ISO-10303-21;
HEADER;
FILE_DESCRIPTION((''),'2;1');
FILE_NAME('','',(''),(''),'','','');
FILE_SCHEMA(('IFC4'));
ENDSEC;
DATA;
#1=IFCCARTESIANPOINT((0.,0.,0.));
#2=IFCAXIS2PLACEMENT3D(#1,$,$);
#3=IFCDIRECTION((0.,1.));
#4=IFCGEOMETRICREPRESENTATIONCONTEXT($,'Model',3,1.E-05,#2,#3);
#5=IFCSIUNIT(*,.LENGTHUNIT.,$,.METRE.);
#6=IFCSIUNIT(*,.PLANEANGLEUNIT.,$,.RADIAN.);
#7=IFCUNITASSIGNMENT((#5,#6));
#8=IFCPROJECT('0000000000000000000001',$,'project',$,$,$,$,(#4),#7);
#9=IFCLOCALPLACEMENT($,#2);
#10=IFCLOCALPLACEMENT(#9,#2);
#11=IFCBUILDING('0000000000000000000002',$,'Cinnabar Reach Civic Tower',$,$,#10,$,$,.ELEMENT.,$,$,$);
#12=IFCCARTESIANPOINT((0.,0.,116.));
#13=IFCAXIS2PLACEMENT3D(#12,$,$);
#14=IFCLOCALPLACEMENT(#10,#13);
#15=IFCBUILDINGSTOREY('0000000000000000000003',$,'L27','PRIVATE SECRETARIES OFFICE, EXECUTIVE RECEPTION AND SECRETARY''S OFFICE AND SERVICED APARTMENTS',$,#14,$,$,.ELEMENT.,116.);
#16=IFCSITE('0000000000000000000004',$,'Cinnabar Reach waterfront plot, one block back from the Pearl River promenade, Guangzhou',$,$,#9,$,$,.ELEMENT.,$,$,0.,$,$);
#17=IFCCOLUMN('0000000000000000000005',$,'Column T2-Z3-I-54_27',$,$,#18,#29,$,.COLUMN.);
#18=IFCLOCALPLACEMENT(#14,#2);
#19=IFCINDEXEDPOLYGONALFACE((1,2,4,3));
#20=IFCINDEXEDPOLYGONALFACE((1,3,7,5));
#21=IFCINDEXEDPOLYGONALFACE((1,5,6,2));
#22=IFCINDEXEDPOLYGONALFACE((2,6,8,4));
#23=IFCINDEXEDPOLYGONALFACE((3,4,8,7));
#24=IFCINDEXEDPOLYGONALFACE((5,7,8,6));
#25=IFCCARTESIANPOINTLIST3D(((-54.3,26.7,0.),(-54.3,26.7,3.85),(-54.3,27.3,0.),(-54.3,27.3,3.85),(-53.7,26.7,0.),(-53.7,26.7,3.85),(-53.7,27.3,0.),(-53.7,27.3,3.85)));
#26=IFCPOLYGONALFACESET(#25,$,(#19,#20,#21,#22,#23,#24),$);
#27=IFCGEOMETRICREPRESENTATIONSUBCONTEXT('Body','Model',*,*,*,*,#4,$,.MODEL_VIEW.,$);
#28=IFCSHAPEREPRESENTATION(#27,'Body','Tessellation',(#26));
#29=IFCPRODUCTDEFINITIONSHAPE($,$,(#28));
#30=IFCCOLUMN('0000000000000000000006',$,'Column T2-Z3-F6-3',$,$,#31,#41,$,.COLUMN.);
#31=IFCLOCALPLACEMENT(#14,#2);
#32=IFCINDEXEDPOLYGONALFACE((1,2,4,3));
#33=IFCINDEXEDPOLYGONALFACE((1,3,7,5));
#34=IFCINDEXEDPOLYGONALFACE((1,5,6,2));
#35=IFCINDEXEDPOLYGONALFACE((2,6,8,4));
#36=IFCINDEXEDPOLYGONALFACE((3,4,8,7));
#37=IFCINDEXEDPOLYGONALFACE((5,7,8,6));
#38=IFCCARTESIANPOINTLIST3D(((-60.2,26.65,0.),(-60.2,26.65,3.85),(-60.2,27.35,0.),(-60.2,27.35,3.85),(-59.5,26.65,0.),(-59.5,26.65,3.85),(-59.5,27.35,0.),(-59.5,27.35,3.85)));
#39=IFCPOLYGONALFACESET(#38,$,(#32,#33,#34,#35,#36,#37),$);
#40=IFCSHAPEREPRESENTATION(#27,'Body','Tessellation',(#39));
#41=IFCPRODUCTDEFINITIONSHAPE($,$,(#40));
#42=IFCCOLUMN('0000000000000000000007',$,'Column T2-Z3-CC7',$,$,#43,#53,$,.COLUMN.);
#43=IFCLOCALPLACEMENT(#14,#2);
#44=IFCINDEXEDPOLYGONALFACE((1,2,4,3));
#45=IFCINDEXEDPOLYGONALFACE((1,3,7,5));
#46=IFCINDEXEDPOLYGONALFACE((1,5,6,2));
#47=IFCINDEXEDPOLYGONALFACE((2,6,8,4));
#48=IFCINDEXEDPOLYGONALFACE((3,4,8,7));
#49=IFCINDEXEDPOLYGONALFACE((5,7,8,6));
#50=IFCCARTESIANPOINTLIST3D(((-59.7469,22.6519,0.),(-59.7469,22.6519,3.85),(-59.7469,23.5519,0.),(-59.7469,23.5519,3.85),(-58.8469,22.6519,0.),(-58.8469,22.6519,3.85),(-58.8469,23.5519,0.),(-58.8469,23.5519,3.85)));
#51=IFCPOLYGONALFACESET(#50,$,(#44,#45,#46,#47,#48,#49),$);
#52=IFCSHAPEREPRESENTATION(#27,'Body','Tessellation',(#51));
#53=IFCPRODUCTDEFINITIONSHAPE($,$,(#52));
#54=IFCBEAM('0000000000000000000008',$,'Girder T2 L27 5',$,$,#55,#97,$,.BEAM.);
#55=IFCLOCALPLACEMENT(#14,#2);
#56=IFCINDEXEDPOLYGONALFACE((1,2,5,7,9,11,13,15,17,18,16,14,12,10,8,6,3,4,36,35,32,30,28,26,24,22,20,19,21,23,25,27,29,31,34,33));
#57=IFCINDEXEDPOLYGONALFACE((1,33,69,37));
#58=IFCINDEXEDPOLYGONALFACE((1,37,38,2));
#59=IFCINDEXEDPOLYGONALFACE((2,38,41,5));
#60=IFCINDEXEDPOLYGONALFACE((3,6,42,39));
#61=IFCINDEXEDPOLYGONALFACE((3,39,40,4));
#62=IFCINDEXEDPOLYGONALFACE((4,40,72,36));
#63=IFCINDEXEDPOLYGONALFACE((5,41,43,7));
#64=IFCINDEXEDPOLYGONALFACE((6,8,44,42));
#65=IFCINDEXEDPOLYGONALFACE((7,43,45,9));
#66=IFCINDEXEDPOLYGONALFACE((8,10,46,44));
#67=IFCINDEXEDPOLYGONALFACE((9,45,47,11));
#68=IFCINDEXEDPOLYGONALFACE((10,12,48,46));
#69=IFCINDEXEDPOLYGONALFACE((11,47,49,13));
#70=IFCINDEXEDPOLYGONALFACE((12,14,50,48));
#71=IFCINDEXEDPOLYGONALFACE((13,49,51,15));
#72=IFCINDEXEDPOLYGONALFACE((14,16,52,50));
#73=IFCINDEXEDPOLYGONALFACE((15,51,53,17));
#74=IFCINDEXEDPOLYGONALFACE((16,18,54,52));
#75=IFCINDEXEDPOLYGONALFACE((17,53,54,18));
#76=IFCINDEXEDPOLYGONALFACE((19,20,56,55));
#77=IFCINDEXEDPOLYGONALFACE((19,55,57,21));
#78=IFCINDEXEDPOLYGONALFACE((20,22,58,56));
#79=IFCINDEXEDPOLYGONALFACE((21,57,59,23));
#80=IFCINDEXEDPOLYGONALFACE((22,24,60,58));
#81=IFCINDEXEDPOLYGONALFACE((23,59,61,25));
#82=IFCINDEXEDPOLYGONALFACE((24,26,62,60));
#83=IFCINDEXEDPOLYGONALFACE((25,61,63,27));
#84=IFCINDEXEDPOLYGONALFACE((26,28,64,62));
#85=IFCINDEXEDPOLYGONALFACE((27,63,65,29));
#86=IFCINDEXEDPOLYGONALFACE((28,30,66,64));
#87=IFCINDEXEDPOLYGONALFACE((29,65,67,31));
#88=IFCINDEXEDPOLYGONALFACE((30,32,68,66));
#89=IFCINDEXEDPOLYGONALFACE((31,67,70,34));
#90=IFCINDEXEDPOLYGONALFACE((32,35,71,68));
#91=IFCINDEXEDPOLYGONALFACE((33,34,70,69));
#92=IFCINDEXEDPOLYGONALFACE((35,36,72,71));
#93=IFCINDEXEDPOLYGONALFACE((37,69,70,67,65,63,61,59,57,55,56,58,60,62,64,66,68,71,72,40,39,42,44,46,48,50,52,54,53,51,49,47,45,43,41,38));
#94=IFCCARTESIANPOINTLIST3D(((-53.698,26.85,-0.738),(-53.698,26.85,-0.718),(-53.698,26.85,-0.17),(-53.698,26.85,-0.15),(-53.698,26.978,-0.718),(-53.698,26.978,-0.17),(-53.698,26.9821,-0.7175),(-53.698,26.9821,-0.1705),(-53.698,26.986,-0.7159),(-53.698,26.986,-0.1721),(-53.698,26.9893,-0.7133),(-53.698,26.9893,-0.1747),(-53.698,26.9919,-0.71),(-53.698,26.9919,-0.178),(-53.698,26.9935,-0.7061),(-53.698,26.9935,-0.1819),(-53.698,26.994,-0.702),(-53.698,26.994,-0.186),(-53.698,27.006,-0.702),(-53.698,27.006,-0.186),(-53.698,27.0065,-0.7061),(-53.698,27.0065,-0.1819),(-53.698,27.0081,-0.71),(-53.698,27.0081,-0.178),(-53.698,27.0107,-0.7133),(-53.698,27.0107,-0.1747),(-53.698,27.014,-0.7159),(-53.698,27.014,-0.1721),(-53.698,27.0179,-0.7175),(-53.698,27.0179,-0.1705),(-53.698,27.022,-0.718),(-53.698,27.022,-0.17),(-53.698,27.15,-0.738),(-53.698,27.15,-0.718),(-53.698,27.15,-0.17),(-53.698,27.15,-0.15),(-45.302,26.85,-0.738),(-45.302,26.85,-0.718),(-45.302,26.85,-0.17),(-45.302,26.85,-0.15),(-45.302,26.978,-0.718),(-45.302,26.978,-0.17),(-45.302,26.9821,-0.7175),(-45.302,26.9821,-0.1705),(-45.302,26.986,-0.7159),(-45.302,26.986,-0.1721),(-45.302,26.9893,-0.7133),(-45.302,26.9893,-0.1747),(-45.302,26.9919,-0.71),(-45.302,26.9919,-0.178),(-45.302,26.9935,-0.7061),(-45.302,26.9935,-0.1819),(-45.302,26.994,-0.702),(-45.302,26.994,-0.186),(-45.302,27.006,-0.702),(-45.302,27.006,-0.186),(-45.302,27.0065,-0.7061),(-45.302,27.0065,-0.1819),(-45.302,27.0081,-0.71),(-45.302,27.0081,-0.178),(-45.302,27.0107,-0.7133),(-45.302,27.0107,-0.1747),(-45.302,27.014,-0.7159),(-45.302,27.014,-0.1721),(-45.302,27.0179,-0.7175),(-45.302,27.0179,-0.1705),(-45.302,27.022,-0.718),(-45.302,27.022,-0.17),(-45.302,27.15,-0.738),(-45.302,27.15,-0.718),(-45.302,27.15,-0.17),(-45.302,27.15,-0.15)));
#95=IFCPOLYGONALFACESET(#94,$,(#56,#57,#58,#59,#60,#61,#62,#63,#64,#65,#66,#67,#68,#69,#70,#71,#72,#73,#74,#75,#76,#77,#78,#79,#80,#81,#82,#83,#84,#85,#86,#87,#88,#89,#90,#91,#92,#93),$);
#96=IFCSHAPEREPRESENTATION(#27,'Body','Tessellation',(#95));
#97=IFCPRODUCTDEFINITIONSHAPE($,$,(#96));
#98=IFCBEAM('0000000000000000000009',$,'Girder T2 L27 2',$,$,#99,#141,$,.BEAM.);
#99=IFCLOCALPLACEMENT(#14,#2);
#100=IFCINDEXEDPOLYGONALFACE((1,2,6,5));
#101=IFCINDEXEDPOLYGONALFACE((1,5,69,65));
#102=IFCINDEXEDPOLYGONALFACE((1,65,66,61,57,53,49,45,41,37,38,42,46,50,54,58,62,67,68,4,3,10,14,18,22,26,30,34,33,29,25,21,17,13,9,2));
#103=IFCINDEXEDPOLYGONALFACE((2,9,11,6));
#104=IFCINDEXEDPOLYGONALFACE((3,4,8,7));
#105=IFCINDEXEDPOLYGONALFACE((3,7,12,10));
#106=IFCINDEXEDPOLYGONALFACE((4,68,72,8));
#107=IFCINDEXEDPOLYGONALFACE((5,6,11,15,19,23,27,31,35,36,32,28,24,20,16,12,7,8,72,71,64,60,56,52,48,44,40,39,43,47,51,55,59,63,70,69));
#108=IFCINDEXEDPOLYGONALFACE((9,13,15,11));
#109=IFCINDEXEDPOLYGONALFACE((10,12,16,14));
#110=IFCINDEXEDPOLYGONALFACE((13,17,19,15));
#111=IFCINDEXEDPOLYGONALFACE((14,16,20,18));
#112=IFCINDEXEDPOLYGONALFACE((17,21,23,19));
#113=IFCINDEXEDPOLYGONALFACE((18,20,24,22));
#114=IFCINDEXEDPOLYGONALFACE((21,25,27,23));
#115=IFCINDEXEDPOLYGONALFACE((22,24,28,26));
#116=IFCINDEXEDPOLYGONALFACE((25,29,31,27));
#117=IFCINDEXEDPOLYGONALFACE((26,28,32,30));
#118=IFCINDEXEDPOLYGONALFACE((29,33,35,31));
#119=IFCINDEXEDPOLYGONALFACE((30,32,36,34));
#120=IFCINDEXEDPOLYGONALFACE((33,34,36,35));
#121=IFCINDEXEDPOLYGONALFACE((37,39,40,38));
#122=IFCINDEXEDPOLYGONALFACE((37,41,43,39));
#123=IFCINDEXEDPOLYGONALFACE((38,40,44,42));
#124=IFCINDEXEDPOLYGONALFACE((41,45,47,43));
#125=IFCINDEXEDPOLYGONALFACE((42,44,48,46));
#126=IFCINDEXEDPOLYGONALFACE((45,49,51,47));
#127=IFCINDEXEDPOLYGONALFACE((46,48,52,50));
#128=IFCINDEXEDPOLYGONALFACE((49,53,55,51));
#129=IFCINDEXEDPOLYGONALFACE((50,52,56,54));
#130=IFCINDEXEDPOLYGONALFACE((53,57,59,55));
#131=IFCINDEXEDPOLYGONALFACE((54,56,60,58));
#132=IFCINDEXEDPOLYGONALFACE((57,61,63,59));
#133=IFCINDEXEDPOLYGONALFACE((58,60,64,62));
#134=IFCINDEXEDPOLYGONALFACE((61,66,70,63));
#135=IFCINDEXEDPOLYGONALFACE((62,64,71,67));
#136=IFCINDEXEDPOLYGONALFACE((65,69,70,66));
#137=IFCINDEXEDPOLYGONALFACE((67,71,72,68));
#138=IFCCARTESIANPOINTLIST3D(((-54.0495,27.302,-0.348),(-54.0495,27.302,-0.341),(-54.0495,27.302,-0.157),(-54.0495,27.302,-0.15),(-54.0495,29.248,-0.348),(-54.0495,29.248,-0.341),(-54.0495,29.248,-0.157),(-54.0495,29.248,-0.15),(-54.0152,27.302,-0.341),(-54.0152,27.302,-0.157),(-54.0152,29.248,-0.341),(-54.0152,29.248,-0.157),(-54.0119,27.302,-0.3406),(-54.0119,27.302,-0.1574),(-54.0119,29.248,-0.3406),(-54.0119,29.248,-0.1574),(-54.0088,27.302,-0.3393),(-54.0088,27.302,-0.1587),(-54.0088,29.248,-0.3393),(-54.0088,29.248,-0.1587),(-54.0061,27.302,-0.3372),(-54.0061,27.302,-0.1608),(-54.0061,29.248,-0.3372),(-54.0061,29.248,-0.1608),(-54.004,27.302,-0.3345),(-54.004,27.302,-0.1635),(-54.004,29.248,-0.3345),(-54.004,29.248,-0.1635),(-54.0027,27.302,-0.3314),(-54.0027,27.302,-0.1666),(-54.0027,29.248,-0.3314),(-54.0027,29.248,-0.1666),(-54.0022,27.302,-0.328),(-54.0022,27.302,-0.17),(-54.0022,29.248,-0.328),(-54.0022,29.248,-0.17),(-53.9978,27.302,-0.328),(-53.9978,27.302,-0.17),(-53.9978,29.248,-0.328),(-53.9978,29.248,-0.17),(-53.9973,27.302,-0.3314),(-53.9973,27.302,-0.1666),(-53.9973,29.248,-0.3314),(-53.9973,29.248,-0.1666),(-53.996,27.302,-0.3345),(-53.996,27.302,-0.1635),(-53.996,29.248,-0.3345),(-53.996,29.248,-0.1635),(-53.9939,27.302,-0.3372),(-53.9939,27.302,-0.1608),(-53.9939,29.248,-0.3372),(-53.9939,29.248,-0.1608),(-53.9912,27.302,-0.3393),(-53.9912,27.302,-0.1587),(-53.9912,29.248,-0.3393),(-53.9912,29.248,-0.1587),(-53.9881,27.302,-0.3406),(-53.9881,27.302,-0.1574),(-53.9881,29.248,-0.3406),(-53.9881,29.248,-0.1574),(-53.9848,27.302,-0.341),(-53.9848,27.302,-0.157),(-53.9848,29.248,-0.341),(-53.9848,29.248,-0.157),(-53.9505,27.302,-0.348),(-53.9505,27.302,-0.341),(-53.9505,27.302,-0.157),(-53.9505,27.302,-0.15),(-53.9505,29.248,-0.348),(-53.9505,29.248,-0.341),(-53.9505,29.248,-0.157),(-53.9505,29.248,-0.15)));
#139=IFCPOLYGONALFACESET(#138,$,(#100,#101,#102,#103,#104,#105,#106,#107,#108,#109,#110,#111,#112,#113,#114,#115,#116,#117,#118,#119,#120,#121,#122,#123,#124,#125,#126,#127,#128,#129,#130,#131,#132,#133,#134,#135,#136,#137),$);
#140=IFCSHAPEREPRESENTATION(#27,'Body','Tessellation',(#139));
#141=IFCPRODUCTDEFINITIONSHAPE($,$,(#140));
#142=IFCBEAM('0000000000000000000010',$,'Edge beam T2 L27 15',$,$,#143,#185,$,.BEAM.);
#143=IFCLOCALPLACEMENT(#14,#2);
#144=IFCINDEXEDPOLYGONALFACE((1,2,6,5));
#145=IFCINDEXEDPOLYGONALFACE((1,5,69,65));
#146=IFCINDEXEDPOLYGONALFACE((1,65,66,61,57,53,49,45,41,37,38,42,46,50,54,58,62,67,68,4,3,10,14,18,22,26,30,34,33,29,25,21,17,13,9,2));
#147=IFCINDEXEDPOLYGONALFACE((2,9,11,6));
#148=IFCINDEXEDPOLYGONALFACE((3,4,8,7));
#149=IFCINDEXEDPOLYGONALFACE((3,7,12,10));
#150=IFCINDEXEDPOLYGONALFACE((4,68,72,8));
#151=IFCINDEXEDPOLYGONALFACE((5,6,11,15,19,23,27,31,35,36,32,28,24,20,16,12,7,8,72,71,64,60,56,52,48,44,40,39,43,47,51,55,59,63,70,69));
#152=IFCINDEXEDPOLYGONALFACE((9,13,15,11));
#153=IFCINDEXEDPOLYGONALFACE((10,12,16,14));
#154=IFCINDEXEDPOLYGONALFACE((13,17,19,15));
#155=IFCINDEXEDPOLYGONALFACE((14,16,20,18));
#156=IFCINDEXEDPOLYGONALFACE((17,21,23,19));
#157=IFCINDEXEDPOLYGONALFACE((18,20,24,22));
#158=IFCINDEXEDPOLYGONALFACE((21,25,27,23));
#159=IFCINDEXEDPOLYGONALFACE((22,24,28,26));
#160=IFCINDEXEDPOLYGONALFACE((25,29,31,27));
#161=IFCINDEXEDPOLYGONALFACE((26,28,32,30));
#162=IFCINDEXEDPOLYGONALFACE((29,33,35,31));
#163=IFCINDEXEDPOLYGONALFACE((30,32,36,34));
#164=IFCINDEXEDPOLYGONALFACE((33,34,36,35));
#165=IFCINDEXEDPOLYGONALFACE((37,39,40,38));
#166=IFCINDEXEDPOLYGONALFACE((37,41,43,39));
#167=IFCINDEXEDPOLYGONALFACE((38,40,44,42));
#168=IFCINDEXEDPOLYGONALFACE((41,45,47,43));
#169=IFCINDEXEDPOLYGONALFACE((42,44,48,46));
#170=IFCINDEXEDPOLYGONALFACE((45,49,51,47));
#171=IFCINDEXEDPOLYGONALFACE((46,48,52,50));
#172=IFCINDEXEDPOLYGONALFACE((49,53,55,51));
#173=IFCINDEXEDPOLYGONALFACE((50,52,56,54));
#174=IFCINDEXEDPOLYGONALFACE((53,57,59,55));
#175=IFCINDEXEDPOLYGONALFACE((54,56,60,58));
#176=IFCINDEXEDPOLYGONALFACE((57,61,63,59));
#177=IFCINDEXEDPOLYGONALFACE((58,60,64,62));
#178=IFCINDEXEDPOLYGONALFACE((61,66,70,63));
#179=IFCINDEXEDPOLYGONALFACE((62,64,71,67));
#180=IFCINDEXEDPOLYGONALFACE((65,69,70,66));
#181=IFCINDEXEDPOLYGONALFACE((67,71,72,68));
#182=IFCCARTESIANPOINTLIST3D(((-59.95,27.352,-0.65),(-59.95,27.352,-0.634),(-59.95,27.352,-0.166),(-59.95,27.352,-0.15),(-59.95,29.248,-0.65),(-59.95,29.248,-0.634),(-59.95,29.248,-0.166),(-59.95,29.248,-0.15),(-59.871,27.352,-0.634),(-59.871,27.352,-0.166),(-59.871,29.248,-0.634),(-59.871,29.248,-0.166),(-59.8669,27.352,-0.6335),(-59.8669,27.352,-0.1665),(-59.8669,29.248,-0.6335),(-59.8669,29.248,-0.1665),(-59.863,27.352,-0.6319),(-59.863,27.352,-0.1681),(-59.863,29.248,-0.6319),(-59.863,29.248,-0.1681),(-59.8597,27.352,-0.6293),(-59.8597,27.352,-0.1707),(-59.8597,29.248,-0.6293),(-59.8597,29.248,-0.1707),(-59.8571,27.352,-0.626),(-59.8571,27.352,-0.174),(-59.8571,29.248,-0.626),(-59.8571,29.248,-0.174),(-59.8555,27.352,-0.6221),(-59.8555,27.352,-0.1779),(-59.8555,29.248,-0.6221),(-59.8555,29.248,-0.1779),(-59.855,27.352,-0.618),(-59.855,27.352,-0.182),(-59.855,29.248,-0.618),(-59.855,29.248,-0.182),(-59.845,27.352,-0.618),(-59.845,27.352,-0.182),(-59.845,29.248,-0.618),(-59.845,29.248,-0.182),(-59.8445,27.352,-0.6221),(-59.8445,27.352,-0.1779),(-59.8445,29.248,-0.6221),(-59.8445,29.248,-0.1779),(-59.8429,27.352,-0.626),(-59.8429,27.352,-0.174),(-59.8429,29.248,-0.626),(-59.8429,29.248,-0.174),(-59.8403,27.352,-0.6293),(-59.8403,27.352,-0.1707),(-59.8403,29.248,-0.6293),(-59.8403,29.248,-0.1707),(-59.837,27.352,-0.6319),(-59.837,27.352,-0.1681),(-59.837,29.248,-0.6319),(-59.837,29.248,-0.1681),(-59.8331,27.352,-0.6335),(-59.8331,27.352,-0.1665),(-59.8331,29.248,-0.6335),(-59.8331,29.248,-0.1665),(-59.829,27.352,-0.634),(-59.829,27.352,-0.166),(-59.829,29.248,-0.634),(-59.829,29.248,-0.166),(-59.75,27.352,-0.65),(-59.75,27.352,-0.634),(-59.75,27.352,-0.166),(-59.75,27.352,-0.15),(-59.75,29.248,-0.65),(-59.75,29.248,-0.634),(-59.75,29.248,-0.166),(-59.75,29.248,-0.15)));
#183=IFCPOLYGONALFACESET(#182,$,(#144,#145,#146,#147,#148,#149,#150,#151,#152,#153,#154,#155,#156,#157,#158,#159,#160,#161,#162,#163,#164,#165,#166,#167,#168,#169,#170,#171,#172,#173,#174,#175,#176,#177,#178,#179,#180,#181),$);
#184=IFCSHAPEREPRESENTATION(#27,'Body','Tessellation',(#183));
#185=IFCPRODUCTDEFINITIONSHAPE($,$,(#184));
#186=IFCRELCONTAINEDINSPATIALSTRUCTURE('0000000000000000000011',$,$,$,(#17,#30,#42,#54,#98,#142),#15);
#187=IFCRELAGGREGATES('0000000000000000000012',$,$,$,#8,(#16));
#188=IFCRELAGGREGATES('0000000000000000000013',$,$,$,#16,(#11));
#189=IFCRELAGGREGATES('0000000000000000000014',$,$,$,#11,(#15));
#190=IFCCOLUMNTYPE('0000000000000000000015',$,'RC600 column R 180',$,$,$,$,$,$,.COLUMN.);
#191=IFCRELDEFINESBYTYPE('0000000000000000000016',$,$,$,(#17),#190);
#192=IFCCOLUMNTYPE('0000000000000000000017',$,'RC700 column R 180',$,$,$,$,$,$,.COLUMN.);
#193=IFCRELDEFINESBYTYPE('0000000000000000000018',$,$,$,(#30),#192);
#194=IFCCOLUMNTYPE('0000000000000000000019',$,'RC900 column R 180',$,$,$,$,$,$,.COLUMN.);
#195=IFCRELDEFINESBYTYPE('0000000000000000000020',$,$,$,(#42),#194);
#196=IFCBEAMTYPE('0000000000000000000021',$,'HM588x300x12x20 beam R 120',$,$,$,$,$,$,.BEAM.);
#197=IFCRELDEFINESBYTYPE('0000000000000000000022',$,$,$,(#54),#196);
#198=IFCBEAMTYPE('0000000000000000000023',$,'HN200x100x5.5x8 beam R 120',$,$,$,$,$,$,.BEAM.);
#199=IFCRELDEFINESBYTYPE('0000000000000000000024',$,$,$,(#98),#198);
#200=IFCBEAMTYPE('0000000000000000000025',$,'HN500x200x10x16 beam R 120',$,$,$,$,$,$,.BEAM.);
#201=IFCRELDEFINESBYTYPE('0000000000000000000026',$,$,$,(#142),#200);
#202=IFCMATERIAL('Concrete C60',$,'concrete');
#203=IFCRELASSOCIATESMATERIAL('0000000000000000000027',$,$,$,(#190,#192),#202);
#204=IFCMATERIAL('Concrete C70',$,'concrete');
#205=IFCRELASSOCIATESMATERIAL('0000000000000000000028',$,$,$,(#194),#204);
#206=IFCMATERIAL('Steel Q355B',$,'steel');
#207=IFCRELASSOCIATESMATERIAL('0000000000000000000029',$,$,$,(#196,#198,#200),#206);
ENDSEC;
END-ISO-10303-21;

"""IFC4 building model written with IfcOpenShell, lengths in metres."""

from ifc_helpers import new_model, si_unit, direction, frame, origin, origin_2d, place, context, subcontext, project, spatial, rectangle, i_section, extrude, material, material_profile, profile_set, type_object, element, save


model = new_model("IFC4")

# Units and contexts
model_context = context("Model", 3, precision=1e-05, world=origin(), true_north=direction((0.0, 1.0)))
body_context = subcontext(model_context, "Body", "Model", "MODEL_VIEW")
ifc_project = project(units=[si_unit("LENGTHUNIT", "METRE"), si_unit("PLANEANGLEUNIT", "RADIAN")], contexts=[model_context])

# Site, building, storey
site_placement = place(None, origin())
site = spatial("IfcSite", under=ifc_project, at=site_placement, Name="Cinnabar Reach waterfront plot, one block back from the Pearl River promenade, Guangzhou", CompositionType="ELEMENT", RefElevation=0.0)
building_placement = place(site_placement, origin())
building = spatial("IfcBuilding", under=site, at=building_placement, Name="Cinnabar Reach Civic Tower", CompositionType="ELEMENT")
storey_placement = place(building_placement, frame((0.0, 0.0, 116.0)))
storey = spatial("IfcBuildingStorey", under=building, at=storey_placement, Name="L27", Description="PRIVATE SECRETARIES OFFICE, EXECUTIVE RECEPTION AND SECRETARY'S OFFICE AND SERVICED APARTMENTS", CompositionType="ELEMENT", Elevation=116.0)

# Columns
ifc_material_1 = material(Name="Concrete C60", Category="concrete")
ifc_material_profile_1 = material_profile(ifc_material_1, rectangle(XDim=0.6, YDim=0.6, at=origin_2d()), Name="RC600")
ifc_profile_set_1 = profile_set([ifc_material_profile_1], Name="Concrete C60")
column_type_1 = type_object("IfcColumnType", Name="RC600 column R 180", PredefinedType="COLUMN", material=ifc_profile_set_1)
column_1_placement = place(storey_placement, frame((-54.0, 27.0, 0.0), z_axis=(0.0, 0.0, 1.0), x_axis=(1.0, 0.0, 0.0)))
element("IfcColumn", 1, at=column_1_placement, inside=storey, type_object=column_type_1, Name="Column T2-Z3-I-54_27", PredefinedType="COLUMN", context=body_context, shape_type="SweptSolid", body=[
    extrude(rectangle(XDim=0.6, YDim=0.6, at=origin_2d()), origin(), (0.0, 0.0, 1.0), 3.85),
])
ifc_material_profile_2 = material_profile(ifc_material_1, rectangle(XDim=0.7, YDim=0.7, at=origin_2d()), Name="RC700")
ifc_profile_set_2 = profile_set([ifc_material_profile_2], Name="Concrete C60")
column_type_2 = type_object("IfcColumnType", Name="RC700 column R 180", PredefinedType="COLUMN", material=ifc_profile_set_2)
column_2_placement = place(storey_placement, frame((-59.85, 27.0, 0.0), z_axis=(0.0, 0.0, 1.0), x_axis=(1.0, 0.0, 0.0)))
element("IfcColumn", 2, at=column_2_placement, inside=storey, type_object=column_type_2, Name="Column T2-Z3-F6-3", PredefinedType="COLUMN", context=body_context, shape_type="SweptSolid", body=[
    extrude(rectangle(XDim=0.7, YDim=0.7, at=origin_2d()), origin(), (0.0, 0.0, 1.0), 3.85),
])
ifc_material_2 = material(Name="Concrete C70", Category="concrete")
ifc_material_profile_3 = material_profile(ifc_material_2, rectangle(XDim=0.9, YDim=0.9, at=origin_2d()), Name="RC900")
ifc_profile_set_3 = profile_set([ifc_material_profile_3], Name="Concrete C70")
column_type_3 = type_object("IfcColumnType", Name="RC900 column R 180", PredefinedType="COLUMN", material=ifc_profile_set_3)
column_3_placement = place(storey_placement, frame((-59.2969, 23.1019, 0.0), z_axis=(0.0, 0.0, 1.0), x_axis=(1.0, 0.0, 0.0)))
element("IfcColumn", 3, at=column_3_placement, inside=storey, type_object=column_type_3, Name="Column T2-Z3-CC7", PredefinedType="COLUMN", context=body_context, shape_type="SweptSolid", body=[
    extrude(rectangle(XDim=0.9, YDim=0.9, at=origin_2d()), origin(), (0.0, 0.0, 1.0), 3.85),
])

# Beams
ifc_material_3 = material(Name="Steel Q355B", Category="steel")
ifc_material_profile_4 = material_profile(ifc_material_3, i_section(OverallWidth=0.3, OverallDepth=0.588, WebThickness=0.012, FlangeThickness=0.02, FilletRadius=0.016, at=origin_2d()), Name="HM588x300x12x20")
ifc_profile_set_4 = profile_set([ifc_material_profile_4], Name="Steel Q355B")
beam_type_1 = type_object("IfcBeamType", Name="HM588x300x12x20 beam R 120", PredefinedType="BEAM", material=ifc_profile_set_4)
beam_1_placement = place(storey_placement, frame((-53.698, 27.0, -0.444), z_axis=(1.0, 0.0, 0.0), x_axis=(0.0, 1.0, 0.0)))
element("IfcBeam", 4, at=beam_1_placement, inside=storey, type_object=beam_type_1, Name="Girder T2 L27 5", PredefinedType="BEAM", context=body_context, shape_type="SweptSolid", body=[
    extrude(i_section(OverallWidth=0.3, OverallDepth=0.588, WebThickness=0.012, FlangeThickness=0.02, FilletRadius=0.016, at=origin_2d()), origin(), (0.0, 0.0, 1.0), 8.396),
])
ifc_material_profile_5 = material_profile(ifc_material_3, i_section(OverallWidth=0.099, OverallDepth=0.198, WebThickness=0.0045, FlangeThickness=0.007, FilletRadius=0.013, at=origin_2d()), Name="HN200x100x5.5x8")
ifc_profile_set_5 = profile_set([ifc_material_profile_5], Name="Steel Q355B")
beam_type_2 = type_object("IfcBeamType", Name="HN200x100x5.5x8 beam R 120", PredefinedType="BEAM", material=ifc_profile_set_5)
beam_2_placement = place(storey_placement, frame((-54.0, 27.302, -0.249), z_axis=(0.0, 1.0, 0.0), x_axis=(-1.0, 0.0, 0.0)))
element("IfcBeam", 5, at=beam_2_placement, inside=storey, type_object=beam_type_2, Name="Girder T2 L27 2", PredefinedType="BEAM", context=body_context, shape_type="SweptSolid", body=[
    extrude(i_section(OverallWidth=0.099, OverallDepth=0.198, WebThickness=0.0045, FlangeThickness=0.007, FilletRadius=0.013, at=origin_2d()), origin(), (0.0, 0.0, 1.0), 1.946),
])
ifc_material_profile_6 = material_profile(ifc_material_3, i_section(OverallWidth=0.2, OverallDepth=0.5, WebThickness=0.01, FlangeThickness=0.016, FilletRadius=0.016, at=origin_2d()), Name="HN500x200x10x16")
ifc_profile_set_6 = profile_set([ifc_material_profile_6], Name="Steel Q355B")
beam_type_3 = type_object("IfcBeamType", Name="HN500x200x10x16 beam R 120", PredefinedType="BEAM", material=ifc_profile_set_6)
beam_3_placement = place(storey_placement, frame((-59.85, 29.248, -0.4), z_axis=(0.0, -1.0, 0.0), x_axis=(1.0, 0.0, 0.0)))
element("IfcBeam", 6, at=beam_3_placement, inside=storey, type_object=beam_type_3, Name="Edge beam T2 L27 15", PredefinedType="BEAM", context=body_context, shape_type="SweptSolid", body=[
    extrude(i_section(OverallWidth=0.2, OverallDepth=0.5, WebThickness=0.01, FlangeThickness=0.016, FilletRadius=0.016, at=origin_2d()), origin(), (0.0, 0.0, 1.0), 1.896),
])

save(model, "model.ifc")
